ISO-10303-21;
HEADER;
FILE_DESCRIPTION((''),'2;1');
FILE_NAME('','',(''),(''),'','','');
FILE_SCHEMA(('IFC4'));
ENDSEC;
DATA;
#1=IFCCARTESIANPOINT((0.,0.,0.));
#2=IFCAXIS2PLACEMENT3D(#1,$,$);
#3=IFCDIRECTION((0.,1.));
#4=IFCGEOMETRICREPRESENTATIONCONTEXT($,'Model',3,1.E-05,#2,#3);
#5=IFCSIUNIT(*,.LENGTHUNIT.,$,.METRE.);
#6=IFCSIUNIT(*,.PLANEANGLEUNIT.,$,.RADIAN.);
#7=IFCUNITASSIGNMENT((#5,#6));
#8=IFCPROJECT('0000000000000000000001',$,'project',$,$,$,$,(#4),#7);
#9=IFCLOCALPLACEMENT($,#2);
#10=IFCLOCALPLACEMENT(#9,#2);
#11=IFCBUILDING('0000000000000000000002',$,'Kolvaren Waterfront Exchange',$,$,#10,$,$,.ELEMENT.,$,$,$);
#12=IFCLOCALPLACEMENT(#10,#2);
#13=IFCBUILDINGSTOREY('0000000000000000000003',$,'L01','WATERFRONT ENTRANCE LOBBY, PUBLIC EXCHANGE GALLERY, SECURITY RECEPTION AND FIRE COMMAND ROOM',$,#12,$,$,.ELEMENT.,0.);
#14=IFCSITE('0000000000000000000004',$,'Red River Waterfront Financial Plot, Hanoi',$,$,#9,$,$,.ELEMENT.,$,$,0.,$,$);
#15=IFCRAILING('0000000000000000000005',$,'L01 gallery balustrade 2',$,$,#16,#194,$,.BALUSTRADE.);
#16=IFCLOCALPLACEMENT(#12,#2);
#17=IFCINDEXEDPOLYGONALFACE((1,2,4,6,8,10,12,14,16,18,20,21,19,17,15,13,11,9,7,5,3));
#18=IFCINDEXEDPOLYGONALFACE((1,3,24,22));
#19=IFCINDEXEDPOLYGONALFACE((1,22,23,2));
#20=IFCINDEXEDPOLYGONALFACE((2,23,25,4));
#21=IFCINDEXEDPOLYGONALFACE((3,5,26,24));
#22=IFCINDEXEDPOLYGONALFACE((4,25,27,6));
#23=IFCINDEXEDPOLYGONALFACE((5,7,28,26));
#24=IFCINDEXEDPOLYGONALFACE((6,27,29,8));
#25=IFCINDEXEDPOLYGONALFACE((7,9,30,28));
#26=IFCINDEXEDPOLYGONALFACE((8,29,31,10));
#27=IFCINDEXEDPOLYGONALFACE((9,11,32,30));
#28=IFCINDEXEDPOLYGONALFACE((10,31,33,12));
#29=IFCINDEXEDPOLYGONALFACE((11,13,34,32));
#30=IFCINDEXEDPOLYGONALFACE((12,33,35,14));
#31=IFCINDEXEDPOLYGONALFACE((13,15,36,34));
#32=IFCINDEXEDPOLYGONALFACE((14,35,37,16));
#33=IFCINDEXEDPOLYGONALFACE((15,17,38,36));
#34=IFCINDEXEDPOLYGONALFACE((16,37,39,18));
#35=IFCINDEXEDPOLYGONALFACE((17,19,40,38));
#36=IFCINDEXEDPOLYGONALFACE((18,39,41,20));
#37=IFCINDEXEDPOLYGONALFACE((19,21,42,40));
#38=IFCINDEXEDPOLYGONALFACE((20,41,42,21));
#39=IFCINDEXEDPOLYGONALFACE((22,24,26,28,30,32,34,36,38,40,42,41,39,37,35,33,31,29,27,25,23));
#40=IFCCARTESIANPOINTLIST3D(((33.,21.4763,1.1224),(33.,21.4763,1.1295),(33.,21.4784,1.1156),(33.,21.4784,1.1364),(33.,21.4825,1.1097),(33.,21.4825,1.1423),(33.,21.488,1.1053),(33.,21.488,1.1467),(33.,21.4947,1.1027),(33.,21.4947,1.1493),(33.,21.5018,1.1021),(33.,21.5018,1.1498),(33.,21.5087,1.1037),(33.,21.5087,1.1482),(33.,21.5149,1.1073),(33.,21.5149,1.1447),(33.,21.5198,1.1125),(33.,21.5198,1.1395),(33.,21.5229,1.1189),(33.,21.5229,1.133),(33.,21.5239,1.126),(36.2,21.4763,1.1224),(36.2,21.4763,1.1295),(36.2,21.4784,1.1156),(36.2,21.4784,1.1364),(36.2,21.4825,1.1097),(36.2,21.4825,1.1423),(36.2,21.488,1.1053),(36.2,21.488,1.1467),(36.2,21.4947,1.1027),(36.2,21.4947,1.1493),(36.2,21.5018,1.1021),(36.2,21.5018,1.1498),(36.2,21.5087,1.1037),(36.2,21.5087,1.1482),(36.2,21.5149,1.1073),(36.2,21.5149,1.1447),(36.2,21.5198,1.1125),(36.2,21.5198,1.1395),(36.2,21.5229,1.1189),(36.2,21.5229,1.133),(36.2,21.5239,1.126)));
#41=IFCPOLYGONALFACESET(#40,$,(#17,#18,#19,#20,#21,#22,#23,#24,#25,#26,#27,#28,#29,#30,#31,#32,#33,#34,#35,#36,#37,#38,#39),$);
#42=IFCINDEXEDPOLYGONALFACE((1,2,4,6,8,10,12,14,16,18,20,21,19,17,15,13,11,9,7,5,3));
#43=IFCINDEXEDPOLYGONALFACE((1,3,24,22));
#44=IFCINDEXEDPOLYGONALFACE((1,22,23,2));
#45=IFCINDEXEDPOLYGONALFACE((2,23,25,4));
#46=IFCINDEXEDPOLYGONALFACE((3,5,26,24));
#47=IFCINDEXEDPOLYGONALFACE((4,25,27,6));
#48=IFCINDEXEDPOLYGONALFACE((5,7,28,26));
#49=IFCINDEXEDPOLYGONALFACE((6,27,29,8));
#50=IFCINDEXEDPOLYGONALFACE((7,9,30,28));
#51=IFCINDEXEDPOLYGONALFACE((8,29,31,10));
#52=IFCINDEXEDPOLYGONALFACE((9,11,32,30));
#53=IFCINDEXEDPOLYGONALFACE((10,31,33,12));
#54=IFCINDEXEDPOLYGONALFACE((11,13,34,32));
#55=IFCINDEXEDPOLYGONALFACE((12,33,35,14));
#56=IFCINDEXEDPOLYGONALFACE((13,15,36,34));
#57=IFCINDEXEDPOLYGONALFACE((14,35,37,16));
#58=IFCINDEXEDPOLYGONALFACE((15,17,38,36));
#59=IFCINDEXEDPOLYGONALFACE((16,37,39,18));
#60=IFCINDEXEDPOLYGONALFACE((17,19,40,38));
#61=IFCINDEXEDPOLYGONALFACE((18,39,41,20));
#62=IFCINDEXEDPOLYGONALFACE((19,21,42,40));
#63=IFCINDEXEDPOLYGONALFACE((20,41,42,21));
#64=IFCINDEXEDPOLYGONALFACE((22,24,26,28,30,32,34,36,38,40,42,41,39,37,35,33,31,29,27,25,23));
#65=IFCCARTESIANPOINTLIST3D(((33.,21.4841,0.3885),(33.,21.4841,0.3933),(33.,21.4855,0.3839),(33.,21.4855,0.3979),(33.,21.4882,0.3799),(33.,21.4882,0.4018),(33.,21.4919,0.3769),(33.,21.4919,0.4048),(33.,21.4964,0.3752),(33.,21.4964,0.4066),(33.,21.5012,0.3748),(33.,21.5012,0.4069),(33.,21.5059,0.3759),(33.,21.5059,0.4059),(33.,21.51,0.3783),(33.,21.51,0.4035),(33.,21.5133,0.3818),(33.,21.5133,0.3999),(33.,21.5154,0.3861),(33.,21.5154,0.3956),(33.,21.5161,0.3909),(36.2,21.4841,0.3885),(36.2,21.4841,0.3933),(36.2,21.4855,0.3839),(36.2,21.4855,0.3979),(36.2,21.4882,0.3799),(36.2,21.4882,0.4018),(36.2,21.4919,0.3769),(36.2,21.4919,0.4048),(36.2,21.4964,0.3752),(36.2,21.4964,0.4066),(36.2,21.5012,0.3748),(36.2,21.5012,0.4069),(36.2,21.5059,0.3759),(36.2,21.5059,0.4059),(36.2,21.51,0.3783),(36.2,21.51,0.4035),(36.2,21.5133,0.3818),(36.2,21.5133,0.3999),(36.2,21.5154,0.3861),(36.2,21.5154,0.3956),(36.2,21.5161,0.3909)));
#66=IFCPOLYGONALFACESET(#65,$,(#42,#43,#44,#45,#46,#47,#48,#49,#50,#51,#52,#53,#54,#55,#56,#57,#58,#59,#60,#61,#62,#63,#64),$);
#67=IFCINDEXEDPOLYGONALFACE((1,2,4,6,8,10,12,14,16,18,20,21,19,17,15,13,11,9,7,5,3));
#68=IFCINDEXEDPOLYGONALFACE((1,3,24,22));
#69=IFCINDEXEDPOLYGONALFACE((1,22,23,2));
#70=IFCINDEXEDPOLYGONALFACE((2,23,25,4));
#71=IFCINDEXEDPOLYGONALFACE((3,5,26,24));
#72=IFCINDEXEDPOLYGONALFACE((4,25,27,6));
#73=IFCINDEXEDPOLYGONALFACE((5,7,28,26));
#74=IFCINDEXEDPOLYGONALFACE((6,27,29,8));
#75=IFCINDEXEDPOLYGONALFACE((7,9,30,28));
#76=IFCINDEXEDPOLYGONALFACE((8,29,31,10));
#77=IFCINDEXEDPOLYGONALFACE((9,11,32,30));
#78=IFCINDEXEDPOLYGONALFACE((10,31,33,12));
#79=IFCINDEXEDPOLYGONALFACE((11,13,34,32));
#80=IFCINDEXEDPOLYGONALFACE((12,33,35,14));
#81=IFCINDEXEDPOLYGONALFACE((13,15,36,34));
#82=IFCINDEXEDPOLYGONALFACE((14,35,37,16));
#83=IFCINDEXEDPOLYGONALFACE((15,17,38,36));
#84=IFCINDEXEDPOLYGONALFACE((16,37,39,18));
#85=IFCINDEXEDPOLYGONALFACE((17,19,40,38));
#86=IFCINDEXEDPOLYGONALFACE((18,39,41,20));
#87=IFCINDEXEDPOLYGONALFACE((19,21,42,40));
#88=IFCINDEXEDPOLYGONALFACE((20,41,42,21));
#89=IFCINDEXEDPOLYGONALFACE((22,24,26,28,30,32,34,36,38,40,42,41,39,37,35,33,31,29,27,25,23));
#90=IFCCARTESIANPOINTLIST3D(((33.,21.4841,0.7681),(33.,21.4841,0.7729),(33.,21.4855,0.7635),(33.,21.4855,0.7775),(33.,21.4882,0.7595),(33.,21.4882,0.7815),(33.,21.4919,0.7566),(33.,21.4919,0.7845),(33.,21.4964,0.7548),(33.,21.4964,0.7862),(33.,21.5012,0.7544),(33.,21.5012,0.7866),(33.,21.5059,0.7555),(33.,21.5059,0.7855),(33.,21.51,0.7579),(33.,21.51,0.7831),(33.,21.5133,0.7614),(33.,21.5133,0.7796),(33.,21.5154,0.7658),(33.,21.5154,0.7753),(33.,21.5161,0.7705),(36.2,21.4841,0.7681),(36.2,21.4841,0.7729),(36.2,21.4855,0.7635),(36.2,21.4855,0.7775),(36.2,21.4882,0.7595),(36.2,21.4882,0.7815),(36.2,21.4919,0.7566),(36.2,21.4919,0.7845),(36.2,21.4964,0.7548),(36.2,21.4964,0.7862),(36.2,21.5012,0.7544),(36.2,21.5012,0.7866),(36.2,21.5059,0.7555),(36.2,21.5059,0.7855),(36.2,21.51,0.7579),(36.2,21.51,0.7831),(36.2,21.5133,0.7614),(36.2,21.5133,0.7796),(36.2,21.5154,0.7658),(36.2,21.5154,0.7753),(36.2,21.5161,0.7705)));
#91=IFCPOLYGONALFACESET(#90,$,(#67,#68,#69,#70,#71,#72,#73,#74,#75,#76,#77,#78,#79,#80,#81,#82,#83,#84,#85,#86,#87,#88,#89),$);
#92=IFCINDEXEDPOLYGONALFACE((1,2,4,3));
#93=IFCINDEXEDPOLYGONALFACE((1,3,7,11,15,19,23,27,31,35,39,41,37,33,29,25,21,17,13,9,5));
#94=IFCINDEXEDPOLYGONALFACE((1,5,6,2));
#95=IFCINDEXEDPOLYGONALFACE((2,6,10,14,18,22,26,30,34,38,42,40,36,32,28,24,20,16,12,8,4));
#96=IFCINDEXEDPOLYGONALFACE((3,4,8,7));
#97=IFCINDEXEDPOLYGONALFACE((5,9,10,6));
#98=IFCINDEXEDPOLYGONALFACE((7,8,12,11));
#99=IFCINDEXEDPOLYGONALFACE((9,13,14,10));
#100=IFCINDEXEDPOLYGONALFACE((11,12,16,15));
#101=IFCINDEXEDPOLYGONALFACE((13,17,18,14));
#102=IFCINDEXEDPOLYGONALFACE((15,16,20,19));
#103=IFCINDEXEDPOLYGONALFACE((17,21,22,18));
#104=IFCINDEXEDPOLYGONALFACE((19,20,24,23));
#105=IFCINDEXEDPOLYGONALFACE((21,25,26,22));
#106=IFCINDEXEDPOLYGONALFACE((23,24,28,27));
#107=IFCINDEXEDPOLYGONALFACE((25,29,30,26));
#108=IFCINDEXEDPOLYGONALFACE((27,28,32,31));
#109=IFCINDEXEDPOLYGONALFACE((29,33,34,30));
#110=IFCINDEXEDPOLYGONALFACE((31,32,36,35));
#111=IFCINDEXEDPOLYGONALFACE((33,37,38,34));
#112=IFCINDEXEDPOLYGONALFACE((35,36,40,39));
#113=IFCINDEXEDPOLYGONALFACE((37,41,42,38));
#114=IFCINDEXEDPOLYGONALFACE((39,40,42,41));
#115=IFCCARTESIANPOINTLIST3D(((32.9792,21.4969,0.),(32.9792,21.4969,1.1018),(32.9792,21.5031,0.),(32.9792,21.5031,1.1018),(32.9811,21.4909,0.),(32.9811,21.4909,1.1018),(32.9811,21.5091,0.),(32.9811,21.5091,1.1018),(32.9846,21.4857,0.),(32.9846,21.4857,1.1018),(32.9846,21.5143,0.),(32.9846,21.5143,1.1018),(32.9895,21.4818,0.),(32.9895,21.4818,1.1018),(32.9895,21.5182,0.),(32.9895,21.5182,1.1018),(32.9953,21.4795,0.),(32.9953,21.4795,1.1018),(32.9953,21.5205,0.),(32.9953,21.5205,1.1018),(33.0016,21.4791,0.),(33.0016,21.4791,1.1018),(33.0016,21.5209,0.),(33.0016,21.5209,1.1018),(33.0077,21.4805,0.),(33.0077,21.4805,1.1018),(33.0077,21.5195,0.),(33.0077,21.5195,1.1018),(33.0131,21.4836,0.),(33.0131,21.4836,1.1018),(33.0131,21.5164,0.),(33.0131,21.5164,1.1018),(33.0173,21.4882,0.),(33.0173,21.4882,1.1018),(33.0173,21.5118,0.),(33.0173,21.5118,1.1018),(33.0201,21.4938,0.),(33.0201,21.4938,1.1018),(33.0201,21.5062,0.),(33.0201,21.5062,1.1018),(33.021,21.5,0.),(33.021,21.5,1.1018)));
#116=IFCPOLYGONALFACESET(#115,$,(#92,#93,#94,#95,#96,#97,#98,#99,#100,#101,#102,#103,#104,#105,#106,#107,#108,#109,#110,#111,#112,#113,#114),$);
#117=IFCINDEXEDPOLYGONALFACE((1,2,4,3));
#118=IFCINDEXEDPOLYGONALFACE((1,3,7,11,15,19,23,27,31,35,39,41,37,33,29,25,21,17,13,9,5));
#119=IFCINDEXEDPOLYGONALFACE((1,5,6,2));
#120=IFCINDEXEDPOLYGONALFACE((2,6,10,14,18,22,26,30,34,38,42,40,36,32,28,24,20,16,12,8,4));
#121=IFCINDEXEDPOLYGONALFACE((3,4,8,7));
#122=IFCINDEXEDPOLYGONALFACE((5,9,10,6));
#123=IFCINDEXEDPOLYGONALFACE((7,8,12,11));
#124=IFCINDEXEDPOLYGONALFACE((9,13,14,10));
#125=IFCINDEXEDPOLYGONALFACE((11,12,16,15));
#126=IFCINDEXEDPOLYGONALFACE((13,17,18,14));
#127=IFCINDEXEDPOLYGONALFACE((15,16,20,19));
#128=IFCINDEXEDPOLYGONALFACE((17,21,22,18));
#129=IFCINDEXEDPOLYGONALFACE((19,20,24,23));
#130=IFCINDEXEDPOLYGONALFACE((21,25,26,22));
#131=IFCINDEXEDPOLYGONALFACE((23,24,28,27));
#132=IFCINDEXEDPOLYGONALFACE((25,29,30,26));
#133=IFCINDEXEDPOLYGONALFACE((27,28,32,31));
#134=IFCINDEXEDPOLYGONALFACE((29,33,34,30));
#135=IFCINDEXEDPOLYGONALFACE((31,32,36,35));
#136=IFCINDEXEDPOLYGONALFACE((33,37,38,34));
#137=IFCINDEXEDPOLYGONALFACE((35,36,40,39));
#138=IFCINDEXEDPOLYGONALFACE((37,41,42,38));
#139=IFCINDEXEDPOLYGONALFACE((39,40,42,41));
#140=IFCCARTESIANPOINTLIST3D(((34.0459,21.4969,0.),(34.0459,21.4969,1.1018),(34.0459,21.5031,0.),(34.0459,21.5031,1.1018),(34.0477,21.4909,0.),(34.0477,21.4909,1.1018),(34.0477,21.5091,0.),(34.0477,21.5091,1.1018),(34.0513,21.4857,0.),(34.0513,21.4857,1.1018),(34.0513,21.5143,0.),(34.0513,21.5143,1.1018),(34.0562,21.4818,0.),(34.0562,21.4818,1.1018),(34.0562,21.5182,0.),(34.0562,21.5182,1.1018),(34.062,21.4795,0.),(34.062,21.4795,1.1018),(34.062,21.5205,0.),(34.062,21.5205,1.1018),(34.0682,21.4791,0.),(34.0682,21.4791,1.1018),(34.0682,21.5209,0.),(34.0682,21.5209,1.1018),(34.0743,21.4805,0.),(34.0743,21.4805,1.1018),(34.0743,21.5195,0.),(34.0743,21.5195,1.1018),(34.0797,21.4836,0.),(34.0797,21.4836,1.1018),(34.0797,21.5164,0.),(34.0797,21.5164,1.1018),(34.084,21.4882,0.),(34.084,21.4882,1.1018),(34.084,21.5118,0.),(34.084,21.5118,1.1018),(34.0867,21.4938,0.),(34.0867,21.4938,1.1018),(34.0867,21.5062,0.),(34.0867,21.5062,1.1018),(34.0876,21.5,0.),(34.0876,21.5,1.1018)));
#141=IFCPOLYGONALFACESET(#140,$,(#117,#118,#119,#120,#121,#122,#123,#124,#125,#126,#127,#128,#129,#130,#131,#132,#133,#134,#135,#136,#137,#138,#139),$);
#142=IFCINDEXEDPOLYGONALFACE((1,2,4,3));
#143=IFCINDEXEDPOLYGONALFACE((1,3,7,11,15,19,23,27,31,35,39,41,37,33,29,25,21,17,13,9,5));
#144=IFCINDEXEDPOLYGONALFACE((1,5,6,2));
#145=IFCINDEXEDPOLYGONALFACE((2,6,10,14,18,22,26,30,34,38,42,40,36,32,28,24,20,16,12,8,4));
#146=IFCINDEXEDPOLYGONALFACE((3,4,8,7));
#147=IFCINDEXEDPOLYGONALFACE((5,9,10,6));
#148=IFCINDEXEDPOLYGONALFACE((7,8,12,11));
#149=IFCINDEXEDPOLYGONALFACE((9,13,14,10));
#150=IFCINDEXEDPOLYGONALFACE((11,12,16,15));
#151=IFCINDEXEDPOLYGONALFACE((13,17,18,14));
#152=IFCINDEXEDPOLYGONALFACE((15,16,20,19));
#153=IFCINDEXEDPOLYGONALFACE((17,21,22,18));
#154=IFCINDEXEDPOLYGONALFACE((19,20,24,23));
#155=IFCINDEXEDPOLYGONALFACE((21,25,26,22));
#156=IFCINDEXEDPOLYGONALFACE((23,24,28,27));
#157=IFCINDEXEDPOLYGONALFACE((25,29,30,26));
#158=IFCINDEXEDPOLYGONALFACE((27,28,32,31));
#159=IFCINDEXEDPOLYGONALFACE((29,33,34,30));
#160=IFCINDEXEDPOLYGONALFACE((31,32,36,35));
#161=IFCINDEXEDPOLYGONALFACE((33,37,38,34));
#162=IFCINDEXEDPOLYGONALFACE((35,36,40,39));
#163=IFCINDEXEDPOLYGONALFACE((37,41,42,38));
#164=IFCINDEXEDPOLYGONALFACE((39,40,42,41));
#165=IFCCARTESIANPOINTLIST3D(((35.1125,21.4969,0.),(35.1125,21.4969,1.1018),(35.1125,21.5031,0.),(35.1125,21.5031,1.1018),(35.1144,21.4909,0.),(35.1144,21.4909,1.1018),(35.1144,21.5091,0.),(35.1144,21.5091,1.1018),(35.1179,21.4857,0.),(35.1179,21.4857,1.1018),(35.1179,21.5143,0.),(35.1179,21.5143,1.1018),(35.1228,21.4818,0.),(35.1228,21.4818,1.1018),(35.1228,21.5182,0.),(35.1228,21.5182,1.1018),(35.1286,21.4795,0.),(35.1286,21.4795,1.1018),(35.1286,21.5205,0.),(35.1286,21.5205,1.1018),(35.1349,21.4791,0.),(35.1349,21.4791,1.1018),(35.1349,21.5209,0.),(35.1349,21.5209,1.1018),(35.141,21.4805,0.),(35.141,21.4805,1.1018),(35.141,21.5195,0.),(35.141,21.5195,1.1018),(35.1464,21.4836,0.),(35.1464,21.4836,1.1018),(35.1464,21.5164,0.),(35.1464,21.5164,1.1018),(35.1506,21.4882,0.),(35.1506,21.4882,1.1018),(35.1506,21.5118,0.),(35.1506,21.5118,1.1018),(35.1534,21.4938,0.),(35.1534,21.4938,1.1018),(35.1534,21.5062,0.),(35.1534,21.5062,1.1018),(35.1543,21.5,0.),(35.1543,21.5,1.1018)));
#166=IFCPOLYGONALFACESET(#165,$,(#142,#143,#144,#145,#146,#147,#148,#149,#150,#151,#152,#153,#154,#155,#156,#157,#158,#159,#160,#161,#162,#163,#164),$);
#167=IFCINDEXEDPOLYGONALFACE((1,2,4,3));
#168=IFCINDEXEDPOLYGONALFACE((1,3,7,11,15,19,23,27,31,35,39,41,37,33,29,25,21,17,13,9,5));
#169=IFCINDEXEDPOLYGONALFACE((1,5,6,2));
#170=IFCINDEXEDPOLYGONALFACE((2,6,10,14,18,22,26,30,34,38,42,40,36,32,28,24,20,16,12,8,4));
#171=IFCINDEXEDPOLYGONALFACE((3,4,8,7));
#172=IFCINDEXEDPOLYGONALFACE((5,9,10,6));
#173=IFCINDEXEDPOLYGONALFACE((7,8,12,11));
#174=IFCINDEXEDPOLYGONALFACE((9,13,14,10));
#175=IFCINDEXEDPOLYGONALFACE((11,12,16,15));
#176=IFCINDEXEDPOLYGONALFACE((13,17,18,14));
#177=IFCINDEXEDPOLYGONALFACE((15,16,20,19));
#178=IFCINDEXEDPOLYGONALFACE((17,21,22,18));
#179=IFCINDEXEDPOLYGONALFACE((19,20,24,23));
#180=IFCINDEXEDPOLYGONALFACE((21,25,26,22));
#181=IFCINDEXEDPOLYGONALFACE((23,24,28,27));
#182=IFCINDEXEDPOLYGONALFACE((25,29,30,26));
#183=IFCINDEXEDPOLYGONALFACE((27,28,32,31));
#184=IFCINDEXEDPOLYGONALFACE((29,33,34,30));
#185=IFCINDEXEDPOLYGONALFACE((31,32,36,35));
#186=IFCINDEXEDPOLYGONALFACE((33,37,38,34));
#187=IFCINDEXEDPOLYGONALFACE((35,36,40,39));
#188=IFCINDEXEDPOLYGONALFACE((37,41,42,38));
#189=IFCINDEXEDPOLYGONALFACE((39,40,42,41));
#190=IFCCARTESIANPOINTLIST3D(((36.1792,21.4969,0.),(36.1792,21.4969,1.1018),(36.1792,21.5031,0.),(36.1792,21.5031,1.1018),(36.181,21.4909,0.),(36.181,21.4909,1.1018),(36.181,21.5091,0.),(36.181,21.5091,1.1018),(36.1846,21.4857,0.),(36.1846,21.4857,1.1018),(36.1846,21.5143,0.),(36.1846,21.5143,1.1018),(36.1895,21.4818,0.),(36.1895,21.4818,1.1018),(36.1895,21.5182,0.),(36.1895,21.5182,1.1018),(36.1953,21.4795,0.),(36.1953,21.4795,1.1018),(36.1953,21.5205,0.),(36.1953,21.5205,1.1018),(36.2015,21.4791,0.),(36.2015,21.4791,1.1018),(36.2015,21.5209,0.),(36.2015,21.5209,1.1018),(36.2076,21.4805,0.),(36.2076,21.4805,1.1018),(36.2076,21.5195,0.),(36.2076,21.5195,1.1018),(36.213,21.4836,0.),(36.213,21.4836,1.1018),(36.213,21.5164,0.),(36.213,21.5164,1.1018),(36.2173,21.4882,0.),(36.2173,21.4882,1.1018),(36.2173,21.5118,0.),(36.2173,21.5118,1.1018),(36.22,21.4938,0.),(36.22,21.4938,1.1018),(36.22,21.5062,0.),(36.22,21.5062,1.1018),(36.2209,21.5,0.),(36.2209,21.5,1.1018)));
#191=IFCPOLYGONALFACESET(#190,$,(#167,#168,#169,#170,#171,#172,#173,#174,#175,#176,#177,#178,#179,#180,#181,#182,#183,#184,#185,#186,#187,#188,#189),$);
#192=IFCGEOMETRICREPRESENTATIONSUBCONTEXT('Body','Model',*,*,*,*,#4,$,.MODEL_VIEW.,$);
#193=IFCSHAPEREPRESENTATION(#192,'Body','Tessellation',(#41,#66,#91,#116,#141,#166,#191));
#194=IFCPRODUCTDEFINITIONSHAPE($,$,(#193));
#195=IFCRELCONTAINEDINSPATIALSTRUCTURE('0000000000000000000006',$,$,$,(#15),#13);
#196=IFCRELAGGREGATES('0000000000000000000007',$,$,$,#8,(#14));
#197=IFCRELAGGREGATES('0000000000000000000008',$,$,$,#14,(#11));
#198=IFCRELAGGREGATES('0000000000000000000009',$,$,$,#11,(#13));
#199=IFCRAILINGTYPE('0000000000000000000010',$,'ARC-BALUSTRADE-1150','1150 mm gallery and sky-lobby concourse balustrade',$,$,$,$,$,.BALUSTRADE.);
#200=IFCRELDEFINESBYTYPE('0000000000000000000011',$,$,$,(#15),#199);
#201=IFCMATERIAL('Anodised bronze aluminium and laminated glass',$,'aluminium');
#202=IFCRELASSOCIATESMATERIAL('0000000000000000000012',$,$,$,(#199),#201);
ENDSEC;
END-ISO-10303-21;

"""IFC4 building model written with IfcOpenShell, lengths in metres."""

from ifc_helpers import new_model, si_unit, direction, frame, origin, origin_2d, place, context, subcontext, project, spatial, circle, extrude, material, type_object, element, save


model = new_model("IFC4")

# Units and contexts
model_context = context("Model", 3, precision=1e-05, world=origin(), true_north=direction((0.0, 1.0)))
body_context = subcontext(model_context, "Body", "Model", "MODEL_VIEW")
ifc_project = project(units=[si_unit("LENGTHUNIT", "METRE"), si_unit("PLANEANGLEUNIT", "RADIAN")], contexts=[model_context])

# Site, building, storey
site_placement = place(None, origin())
site = spatial("IfcSite", under=ifc_project, at=site_placement, Name="Red River Waterfront Financial Plot, Hanoi", CompositionType="ELEMENT", RefElevation=0.0)
building_placement = place(site_placement, origin())
building = spatial("IfcBuilding", under=site, at=building_placement, Name="Kolvaren Waterfront Exchange", CompositionType="ELEMENT")
storey_placement = place(building_placement, origin())
storey = spatial("IfcBuildingStorey", under=building, at=storey_placement, Name="L01", Description="WATERFRONT ENTRANCE LOBBY, PUBLIC EXCHANGE GALLERY, SECURITY RECEPTION AND FIRE COMMAND ROOM", CompositionType="ELEMENT", Elevation=0.0)

# Railing
ifc_material_1 = material(Name="Anodised bronze aluminium and laminated glass", Category="aluminium")
railing_type = type_object("IfcRailingType", Name="ARC-BALUSTRADE-1150", Description="1150 mm gallery and sky-lobby concourse balustrade", PredefinedType="BALUSTRADE", material=ifc_material_1)
for number, where, name in (
    (1, (33.0, 21.5, 0.0), "L01 gallery balustrade 2"),
):
    element("IfcRailing", number, at=place(storey_placement, frame(where)), inside=storey, type_object=railing_type, Name=name, PredefinedType="BALUSTRADE", context=body_context, shape_type="SweptSolid", body=[
        extrude(circle(Radius=0.0239, at=origin_2d()), frame((0.0, 0.0, 1.126), z_axis=(1.0, 0.0, 0.0), x_axis=(0.0, 1.0, 0.0)), (0.0, 0.0, 1.0), 3.2),
        extrude(circle(Radius=0.0161, at=origin_2d()), frame((0.0, 0.0, 0.3909), z_axis=(1.0, 0.0, 0.0), x_axis=(0.0, 1.0, 0.0)), (0.0, 0.0, 1.0), 3.2),
        extrude(circle(Radius=0.0161, at=origin_2d()), frame((0.0, 0.0, 0.7705), z_axis=(1.0, 0.0, 0.0), x_axis=(0.0, 1.0, 0.0)), (0.0, 0.0, 1.0), 3.2),
        extrude(circle(Radius=0.021, at=origin_2d()), origin(), (0.0, 0.0, 1.0), 1.1018),
        extrude(circle(Radius=0.021, at=origin_2d()), frame((1.0667, 0.0, 0.0)), (0.0, 0.0, 1.0), 1.1018),
        extrude(circle(Radius=0.021, at=origin_2d()), frame((2.1333, 0.0, 0.0)), (0.0, 0.0, 1.0), 1.1018),
        extrude(circle(Radius=0.021, at=origin_2d()), frame((3.2, 0.0, 0.0)), (0.0, 0.0, 1.0), 1.1018),
    ])

save(model, "model.ifc")
